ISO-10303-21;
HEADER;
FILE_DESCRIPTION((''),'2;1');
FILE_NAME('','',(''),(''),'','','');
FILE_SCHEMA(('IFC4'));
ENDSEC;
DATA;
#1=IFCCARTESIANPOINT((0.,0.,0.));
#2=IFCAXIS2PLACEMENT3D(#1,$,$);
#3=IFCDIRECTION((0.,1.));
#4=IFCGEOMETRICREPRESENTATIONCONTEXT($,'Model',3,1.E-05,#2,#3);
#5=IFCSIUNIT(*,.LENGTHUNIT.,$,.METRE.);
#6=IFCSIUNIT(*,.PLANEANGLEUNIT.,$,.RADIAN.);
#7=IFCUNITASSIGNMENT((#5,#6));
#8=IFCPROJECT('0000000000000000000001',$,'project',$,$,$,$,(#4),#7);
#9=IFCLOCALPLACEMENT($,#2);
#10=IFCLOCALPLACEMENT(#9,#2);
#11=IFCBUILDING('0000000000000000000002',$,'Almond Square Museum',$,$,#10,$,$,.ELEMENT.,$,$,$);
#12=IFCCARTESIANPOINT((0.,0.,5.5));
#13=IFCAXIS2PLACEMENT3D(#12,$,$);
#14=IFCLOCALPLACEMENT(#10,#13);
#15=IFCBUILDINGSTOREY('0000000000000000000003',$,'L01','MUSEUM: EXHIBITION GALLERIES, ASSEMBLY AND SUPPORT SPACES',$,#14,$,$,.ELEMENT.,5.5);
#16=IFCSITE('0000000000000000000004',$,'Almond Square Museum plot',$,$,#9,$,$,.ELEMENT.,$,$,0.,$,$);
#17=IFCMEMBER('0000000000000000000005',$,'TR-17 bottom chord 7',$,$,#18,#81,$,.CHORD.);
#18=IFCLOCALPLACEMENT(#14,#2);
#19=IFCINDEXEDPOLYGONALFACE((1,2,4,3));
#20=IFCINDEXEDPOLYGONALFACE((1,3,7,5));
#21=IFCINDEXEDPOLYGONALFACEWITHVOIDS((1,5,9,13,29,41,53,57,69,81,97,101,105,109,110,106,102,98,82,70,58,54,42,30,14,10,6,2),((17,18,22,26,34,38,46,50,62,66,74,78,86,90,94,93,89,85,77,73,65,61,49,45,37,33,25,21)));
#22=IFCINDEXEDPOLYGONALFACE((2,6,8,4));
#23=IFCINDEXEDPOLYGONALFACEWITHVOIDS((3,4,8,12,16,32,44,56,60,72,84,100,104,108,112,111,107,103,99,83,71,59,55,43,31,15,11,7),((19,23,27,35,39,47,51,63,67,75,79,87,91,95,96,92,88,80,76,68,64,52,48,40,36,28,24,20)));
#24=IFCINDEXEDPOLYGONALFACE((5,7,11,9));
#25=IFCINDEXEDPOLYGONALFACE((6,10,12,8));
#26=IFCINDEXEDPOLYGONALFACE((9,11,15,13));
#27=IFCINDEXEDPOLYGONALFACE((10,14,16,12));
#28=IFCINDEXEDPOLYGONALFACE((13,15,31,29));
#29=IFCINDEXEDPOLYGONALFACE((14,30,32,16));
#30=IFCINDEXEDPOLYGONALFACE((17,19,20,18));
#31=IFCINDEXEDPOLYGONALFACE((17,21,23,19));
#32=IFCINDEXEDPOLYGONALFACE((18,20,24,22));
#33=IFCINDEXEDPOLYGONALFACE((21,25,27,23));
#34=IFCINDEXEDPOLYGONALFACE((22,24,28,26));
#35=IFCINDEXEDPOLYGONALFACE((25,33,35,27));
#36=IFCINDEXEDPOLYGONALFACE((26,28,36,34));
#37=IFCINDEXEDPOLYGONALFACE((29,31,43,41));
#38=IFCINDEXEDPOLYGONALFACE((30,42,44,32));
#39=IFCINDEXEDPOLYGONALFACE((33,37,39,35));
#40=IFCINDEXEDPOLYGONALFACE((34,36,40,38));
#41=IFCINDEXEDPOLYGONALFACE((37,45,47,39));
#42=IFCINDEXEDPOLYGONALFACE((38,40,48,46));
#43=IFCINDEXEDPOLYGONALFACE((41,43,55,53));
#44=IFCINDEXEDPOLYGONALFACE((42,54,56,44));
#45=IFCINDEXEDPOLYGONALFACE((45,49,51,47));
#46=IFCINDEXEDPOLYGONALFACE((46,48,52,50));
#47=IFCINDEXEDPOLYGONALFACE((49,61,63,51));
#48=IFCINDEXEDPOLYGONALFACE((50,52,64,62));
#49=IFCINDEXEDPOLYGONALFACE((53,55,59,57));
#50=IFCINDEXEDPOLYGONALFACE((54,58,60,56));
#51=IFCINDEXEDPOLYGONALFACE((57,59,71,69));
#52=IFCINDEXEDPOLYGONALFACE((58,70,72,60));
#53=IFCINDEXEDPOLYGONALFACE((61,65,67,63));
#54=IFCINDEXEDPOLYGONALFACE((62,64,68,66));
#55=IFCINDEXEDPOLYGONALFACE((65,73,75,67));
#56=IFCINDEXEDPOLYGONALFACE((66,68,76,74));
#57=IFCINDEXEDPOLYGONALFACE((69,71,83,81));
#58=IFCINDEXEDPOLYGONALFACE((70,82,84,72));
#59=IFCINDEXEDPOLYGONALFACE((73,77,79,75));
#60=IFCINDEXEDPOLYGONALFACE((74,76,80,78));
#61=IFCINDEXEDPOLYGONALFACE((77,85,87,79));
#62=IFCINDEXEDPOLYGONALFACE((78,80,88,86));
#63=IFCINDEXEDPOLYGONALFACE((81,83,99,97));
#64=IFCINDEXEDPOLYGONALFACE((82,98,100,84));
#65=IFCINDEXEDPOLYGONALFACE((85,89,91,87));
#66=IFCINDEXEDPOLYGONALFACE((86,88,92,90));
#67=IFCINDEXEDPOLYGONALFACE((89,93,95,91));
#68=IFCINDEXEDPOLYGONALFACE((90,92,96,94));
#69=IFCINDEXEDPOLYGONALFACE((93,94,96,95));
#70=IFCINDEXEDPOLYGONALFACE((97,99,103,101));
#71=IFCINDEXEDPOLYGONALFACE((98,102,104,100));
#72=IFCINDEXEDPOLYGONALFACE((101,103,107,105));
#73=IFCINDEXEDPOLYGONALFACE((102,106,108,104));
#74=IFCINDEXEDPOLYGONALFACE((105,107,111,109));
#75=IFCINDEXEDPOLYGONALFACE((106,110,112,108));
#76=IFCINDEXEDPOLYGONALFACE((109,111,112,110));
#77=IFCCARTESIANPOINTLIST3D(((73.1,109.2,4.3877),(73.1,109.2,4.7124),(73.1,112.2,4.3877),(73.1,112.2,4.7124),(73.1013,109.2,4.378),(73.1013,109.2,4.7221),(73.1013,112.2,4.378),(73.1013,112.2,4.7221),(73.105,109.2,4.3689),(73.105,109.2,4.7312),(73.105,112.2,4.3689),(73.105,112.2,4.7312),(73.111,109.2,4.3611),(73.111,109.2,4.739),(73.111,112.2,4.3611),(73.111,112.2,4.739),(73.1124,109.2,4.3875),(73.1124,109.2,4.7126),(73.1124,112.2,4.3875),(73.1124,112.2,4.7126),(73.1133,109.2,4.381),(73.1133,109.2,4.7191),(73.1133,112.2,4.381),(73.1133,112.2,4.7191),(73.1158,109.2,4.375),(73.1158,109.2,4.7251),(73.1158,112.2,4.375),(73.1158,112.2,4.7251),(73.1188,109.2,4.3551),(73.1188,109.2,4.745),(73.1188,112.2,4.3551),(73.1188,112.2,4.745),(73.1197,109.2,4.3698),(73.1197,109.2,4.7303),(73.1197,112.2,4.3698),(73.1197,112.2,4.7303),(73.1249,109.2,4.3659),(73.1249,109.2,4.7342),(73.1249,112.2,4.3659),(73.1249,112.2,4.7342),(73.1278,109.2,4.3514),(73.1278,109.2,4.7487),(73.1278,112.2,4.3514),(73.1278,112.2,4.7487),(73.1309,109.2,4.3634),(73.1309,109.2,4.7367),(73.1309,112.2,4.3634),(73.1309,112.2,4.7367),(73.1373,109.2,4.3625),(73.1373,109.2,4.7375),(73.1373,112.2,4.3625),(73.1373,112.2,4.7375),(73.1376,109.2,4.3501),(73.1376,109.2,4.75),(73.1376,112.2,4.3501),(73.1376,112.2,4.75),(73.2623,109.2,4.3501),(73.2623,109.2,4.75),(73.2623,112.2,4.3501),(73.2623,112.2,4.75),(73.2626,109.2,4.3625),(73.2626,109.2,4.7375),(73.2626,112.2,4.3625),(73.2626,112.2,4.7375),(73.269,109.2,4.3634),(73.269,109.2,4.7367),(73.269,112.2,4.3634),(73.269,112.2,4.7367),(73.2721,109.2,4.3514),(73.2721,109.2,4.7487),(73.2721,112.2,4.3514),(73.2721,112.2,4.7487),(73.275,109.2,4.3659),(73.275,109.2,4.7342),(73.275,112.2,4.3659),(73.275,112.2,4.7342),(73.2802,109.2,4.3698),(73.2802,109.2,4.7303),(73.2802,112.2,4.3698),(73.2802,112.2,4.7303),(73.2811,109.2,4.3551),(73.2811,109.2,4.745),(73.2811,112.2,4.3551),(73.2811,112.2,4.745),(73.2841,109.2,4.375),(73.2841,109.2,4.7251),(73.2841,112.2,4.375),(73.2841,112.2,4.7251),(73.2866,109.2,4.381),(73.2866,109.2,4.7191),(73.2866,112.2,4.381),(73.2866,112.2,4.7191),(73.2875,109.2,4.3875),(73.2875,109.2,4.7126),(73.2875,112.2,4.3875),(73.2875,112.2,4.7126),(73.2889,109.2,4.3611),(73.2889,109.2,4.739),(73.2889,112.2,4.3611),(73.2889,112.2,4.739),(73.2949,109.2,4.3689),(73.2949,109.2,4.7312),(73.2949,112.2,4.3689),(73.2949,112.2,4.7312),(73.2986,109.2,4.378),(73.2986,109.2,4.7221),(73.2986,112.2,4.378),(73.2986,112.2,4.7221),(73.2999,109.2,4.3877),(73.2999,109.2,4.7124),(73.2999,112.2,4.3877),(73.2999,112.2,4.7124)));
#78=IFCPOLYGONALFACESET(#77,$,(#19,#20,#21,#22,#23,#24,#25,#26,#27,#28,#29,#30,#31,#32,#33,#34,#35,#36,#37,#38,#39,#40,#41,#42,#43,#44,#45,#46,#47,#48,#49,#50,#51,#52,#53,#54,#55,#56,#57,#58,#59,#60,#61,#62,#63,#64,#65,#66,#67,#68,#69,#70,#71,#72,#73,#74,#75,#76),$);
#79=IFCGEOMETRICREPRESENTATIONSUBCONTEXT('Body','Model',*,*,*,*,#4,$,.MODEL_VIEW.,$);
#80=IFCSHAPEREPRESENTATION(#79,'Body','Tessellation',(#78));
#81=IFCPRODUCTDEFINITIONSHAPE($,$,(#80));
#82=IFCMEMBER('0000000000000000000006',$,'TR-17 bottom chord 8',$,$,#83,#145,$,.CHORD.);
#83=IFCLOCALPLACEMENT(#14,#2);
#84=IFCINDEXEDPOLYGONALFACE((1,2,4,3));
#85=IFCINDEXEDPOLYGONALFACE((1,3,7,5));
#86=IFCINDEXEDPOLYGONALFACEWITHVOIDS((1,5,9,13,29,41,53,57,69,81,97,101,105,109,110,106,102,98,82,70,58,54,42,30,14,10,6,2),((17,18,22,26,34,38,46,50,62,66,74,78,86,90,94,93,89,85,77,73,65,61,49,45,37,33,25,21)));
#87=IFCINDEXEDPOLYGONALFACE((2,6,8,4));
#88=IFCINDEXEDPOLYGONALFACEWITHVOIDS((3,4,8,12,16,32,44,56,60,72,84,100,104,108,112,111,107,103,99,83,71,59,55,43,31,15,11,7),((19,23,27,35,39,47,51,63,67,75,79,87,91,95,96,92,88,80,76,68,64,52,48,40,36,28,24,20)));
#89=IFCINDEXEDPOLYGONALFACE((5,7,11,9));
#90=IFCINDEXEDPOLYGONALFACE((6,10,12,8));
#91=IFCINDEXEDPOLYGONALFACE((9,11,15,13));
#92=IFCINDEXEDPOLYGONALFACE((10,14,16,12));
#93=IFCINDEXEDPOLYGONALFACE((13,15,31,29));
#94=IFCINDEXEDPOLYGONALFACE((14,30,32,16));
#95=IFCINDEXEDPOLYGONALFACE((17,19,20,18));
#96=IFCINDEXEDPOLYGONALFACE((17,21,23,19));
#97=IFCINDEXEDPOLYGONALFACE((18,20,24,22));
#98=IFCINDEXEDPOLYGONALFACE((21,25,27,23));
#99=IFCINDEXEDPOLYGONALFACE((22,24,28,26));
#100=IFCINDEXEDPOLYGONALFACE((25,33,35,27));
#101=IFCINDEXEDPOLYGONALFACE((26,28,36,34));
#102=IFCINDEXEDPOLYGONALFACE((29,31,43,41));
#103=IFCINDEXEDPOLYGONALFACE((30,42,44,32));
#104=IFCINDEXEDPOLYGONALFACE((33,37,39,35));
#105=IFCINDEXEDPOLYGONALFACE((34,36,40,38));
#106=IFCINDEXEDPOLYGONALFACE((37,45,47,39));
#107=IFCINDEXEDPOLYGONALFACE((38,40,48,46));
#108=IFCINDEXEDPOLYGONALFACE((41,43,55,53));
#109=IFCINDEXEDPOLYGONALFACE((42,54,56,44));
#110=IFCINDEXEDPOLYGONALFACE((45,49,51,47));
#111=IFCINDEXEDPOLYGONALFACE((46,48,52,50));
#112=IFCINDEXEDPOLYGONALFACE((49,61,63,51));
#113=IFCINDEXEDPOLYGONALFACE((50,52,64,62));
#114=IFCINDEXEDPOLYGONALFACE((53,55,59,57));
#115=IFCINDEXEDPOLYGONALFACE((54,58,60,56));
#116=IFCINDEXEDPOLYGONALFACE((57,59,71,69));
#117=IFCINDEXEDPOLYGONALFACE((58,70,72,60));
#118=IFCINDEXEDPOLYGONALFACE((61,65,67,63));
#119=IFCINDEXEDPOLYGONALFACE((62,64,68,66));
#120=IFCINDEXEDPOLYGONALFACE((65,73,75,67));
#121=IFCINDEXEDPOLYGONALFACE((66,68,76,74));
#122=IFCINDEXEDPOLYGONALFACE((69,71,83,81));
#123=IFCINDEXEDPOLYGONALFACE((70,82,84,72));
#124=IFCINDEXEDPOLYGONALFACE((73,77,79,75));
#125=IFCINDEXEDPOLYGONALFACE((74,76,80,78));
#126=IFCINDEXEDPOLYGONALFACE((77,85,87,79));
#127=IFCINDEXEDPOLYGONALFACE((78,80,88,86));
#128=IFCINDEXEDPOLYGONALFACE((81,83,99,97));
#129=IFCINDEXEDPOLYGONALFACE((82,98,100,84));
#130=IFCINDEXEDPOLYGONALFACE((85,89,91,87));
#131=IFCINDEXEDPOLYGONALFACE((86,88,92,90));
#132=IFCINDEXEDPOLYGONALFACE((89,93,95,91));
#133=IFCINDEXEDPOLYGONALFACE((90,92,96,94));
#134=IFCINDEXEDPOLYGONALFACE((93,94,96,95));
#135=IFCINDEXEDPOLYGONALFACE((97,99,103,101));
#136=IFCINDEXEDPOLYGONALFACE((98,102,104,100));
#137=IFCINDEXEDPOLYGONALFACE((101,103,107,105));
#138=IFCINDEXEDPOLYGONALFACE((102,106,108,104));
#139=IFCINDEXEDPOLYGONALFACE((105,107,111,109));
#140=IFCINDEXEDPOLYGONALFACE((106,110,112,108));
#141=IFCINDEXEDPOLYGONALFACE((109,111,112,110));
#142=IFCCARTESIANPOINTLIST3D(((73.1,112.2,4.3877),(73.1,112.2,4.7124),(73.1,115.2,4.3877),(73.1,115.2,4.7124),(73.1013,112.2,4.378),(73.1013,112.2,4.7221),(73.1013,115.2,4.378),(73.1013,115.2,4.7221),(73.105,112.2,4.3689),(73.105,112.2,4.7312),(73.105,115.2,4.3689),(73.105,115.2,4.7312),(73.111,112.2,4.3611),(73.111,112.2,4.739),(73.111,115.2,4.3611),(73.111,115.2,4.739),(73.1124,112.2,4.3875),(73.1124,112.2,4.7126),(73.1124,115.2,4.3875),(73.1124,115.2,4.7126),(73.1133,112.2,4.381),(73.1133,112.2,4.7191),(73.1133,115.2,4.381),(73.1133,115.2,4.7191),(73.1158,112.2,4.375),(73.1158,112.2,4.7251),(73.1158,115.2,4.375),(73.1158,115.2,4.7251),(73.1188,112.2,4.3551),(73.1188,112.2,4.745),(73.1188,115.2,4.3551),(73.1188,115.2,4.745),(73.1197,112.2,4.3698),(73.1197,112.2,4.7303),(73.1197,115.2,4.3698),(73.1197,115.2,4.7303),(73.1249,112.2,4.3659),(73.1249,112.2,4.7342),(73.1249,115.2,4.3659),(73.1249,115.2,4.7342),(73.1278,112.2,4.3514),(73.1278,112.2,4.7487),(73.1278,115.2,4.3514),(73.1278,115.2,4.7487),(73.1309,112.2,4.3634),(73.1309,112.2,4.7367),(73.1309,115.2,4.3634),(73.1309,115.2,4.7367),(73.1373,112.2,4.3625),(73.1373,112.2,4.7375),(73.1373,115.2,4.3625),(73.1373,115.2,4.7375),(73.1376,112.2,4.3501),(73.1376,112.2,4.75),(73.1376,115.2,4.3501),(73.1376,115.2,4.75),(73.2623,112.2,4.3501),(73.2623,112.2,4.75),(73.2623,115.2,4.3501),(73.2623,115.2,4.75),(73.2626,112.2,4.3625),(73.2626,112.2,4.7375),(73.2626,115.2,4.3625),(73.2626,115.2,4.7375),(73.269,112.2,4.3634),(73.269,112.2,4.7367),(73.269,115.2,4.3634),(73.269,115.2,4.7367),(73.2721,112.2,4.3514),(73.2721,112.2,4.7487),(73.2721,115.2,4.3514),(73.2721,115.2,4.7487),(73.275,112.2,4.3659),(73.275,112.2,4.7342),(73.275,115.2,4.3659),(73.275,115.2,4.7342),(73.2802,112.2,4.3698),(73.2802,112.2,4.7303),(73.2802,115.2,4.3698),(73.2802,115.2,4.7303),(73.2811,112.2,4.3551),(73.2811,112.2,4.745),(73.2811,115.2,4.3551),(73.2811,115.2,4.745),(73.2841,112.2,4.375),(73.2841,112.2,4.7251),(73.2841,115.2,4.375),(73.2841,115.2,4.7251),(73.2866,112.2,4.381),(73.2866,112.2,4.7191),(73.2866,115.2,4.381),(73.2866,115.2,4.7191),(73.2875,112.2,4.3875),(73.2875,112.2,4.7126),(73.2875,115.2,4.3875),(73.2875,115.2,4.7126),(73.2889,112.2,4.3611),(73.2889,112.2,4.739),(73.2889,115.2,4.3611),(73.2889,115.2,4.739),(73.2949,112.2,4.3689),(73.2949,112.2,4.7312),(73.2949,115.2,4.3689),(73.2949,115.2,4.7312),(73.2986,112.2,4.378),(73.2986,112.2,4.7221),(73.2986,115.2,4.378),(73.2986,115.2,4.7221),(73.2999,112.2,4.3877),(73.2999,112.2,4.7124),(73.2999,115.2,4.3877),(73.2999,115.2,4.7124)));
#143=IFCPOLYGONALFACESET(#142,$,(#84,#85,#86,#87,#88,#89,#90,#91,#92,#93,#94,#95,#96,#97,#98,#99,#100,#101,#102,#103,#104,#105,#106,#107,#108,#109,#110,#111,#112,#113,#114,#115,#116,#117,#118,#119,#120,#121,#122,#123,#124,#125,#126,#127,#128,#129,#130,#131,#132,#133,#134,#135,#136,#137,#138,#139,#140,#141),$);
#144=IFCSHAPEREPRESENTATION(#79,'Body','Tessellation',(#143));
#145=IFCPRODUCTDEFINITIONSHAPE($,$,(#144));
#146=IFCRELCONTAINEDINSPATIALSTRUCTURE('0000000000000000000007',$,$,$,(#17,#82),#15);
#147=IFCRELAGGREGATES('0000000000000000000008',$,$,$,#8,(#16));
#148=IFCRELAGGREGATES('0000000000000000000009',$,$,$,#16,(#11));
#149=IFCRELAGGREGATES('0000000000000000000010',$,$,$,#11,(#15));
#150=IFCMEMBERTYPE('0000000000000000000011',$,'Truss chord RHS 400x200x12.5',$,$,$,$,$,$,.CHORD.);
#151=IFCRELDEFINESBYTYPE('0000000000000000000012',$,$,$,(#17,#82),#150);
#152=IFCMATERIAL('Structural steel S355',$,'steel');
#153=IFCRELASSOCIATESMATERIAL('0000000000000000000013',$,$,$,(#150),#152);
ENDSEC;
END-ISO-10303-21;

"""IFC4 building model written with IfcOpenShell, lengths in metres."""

from ifc_helpers import new_model, si_unit, direction, frame, origin, origin_2d, place, context, subcontext, project, spatial, hollow_rectangle, extrude, material, material_profile, profile_set, type_object, element, save


model = new_model("IFC4")

# Units and contexts
model_context = context("Model", 3, precision=1e-05, world=origin(), true_north=direction((0.0, 1.0)))
body_context = subcontext(model_context, "Body", "Model", "MODEL_VIEW")
ifc_project = project(units=[si_unit("LENGTHUNIT", "METRE"), si_unit("PLANEANGLEUNIT", "RADIAN")], contexts=[model_context])

# Site, building, storey
site_placement = place(None, origin())
site = spatial("IfcSite", under=ifc_project, at=site_placement, Name="Almond Square Museum plot", CompositionType="ELEMENT", RefElevation=0.0)
building_placement = place(site_placement, origin())
building = spatial("IfcBuilding", under=site, at=building_placement, Name="Almond Square Museum", CompositionType="ELEMENT")
storey_placement = place(building_placement, frame((0.0, 0.0, 5.5)))
storey = spatial("IfcBuildingStorey", under=building, at=storey_placement, Name="L01", Description="MUSEUM: EXHIBITION GALLERIES, ASSEMBLY AND SUPPORT SPACES", CompositionType="ELEMENT", Elevation=5.5)

# Members
ifc_material_1 = material(Name="Structural steel S355", Category="steel")
ifc_material_profile_1 = material_profile(ifc_material_1, hollow_rectangle(XDim=0.2, YDim=0.3999, WallThickness=0.0125, InnerFilletRadius=0.0249, OuterFilletRadius=0.0376, at=origin_2d()))
ifc_profile_set_1 = profile_set([ifc_material_profile_1], Name="Structural steel S355")
member_type_1 = type_object("IfcMemberType", Name="Truss chord RHS 400x200x12.5", PredefinedType="CHORD", material=ifc_profile_set_1)
for number, where, z_axis, x_axis, name in (
    (1, (73.2, 109.2, 4.55), (0.0, 1.0, 0.0), (-1.0, 0.0, 0.0), "TR-17 bottom chord 7"),
    (2, (73.2, 112.2, 4.55), (0.0, 1.0, 0.0), (-1.0, 0.0, 0.0), "TR-17 bottom chord 8"),
):
    element("IfcMember", number, at=place(storey_placement, frame(where, z_axis=z_axis, x_axis=x_axis)), inside=storey, type_object=member_type_1, Name=name, PredefinedType="CHORD", context=body_context, shape_type="SweptSolid", body=[
        extrude(hollow_rectangle(XDim=0.2, YDim=0.3999, WallThickness=0.0125, InnerFilletRadius=0.0249, OuterFilletRadius=0.0376, at=origin_2d()), origin(), (0.0, 0.0, 1.0), 3.0),
    ])

save(model, "model.ifc")
